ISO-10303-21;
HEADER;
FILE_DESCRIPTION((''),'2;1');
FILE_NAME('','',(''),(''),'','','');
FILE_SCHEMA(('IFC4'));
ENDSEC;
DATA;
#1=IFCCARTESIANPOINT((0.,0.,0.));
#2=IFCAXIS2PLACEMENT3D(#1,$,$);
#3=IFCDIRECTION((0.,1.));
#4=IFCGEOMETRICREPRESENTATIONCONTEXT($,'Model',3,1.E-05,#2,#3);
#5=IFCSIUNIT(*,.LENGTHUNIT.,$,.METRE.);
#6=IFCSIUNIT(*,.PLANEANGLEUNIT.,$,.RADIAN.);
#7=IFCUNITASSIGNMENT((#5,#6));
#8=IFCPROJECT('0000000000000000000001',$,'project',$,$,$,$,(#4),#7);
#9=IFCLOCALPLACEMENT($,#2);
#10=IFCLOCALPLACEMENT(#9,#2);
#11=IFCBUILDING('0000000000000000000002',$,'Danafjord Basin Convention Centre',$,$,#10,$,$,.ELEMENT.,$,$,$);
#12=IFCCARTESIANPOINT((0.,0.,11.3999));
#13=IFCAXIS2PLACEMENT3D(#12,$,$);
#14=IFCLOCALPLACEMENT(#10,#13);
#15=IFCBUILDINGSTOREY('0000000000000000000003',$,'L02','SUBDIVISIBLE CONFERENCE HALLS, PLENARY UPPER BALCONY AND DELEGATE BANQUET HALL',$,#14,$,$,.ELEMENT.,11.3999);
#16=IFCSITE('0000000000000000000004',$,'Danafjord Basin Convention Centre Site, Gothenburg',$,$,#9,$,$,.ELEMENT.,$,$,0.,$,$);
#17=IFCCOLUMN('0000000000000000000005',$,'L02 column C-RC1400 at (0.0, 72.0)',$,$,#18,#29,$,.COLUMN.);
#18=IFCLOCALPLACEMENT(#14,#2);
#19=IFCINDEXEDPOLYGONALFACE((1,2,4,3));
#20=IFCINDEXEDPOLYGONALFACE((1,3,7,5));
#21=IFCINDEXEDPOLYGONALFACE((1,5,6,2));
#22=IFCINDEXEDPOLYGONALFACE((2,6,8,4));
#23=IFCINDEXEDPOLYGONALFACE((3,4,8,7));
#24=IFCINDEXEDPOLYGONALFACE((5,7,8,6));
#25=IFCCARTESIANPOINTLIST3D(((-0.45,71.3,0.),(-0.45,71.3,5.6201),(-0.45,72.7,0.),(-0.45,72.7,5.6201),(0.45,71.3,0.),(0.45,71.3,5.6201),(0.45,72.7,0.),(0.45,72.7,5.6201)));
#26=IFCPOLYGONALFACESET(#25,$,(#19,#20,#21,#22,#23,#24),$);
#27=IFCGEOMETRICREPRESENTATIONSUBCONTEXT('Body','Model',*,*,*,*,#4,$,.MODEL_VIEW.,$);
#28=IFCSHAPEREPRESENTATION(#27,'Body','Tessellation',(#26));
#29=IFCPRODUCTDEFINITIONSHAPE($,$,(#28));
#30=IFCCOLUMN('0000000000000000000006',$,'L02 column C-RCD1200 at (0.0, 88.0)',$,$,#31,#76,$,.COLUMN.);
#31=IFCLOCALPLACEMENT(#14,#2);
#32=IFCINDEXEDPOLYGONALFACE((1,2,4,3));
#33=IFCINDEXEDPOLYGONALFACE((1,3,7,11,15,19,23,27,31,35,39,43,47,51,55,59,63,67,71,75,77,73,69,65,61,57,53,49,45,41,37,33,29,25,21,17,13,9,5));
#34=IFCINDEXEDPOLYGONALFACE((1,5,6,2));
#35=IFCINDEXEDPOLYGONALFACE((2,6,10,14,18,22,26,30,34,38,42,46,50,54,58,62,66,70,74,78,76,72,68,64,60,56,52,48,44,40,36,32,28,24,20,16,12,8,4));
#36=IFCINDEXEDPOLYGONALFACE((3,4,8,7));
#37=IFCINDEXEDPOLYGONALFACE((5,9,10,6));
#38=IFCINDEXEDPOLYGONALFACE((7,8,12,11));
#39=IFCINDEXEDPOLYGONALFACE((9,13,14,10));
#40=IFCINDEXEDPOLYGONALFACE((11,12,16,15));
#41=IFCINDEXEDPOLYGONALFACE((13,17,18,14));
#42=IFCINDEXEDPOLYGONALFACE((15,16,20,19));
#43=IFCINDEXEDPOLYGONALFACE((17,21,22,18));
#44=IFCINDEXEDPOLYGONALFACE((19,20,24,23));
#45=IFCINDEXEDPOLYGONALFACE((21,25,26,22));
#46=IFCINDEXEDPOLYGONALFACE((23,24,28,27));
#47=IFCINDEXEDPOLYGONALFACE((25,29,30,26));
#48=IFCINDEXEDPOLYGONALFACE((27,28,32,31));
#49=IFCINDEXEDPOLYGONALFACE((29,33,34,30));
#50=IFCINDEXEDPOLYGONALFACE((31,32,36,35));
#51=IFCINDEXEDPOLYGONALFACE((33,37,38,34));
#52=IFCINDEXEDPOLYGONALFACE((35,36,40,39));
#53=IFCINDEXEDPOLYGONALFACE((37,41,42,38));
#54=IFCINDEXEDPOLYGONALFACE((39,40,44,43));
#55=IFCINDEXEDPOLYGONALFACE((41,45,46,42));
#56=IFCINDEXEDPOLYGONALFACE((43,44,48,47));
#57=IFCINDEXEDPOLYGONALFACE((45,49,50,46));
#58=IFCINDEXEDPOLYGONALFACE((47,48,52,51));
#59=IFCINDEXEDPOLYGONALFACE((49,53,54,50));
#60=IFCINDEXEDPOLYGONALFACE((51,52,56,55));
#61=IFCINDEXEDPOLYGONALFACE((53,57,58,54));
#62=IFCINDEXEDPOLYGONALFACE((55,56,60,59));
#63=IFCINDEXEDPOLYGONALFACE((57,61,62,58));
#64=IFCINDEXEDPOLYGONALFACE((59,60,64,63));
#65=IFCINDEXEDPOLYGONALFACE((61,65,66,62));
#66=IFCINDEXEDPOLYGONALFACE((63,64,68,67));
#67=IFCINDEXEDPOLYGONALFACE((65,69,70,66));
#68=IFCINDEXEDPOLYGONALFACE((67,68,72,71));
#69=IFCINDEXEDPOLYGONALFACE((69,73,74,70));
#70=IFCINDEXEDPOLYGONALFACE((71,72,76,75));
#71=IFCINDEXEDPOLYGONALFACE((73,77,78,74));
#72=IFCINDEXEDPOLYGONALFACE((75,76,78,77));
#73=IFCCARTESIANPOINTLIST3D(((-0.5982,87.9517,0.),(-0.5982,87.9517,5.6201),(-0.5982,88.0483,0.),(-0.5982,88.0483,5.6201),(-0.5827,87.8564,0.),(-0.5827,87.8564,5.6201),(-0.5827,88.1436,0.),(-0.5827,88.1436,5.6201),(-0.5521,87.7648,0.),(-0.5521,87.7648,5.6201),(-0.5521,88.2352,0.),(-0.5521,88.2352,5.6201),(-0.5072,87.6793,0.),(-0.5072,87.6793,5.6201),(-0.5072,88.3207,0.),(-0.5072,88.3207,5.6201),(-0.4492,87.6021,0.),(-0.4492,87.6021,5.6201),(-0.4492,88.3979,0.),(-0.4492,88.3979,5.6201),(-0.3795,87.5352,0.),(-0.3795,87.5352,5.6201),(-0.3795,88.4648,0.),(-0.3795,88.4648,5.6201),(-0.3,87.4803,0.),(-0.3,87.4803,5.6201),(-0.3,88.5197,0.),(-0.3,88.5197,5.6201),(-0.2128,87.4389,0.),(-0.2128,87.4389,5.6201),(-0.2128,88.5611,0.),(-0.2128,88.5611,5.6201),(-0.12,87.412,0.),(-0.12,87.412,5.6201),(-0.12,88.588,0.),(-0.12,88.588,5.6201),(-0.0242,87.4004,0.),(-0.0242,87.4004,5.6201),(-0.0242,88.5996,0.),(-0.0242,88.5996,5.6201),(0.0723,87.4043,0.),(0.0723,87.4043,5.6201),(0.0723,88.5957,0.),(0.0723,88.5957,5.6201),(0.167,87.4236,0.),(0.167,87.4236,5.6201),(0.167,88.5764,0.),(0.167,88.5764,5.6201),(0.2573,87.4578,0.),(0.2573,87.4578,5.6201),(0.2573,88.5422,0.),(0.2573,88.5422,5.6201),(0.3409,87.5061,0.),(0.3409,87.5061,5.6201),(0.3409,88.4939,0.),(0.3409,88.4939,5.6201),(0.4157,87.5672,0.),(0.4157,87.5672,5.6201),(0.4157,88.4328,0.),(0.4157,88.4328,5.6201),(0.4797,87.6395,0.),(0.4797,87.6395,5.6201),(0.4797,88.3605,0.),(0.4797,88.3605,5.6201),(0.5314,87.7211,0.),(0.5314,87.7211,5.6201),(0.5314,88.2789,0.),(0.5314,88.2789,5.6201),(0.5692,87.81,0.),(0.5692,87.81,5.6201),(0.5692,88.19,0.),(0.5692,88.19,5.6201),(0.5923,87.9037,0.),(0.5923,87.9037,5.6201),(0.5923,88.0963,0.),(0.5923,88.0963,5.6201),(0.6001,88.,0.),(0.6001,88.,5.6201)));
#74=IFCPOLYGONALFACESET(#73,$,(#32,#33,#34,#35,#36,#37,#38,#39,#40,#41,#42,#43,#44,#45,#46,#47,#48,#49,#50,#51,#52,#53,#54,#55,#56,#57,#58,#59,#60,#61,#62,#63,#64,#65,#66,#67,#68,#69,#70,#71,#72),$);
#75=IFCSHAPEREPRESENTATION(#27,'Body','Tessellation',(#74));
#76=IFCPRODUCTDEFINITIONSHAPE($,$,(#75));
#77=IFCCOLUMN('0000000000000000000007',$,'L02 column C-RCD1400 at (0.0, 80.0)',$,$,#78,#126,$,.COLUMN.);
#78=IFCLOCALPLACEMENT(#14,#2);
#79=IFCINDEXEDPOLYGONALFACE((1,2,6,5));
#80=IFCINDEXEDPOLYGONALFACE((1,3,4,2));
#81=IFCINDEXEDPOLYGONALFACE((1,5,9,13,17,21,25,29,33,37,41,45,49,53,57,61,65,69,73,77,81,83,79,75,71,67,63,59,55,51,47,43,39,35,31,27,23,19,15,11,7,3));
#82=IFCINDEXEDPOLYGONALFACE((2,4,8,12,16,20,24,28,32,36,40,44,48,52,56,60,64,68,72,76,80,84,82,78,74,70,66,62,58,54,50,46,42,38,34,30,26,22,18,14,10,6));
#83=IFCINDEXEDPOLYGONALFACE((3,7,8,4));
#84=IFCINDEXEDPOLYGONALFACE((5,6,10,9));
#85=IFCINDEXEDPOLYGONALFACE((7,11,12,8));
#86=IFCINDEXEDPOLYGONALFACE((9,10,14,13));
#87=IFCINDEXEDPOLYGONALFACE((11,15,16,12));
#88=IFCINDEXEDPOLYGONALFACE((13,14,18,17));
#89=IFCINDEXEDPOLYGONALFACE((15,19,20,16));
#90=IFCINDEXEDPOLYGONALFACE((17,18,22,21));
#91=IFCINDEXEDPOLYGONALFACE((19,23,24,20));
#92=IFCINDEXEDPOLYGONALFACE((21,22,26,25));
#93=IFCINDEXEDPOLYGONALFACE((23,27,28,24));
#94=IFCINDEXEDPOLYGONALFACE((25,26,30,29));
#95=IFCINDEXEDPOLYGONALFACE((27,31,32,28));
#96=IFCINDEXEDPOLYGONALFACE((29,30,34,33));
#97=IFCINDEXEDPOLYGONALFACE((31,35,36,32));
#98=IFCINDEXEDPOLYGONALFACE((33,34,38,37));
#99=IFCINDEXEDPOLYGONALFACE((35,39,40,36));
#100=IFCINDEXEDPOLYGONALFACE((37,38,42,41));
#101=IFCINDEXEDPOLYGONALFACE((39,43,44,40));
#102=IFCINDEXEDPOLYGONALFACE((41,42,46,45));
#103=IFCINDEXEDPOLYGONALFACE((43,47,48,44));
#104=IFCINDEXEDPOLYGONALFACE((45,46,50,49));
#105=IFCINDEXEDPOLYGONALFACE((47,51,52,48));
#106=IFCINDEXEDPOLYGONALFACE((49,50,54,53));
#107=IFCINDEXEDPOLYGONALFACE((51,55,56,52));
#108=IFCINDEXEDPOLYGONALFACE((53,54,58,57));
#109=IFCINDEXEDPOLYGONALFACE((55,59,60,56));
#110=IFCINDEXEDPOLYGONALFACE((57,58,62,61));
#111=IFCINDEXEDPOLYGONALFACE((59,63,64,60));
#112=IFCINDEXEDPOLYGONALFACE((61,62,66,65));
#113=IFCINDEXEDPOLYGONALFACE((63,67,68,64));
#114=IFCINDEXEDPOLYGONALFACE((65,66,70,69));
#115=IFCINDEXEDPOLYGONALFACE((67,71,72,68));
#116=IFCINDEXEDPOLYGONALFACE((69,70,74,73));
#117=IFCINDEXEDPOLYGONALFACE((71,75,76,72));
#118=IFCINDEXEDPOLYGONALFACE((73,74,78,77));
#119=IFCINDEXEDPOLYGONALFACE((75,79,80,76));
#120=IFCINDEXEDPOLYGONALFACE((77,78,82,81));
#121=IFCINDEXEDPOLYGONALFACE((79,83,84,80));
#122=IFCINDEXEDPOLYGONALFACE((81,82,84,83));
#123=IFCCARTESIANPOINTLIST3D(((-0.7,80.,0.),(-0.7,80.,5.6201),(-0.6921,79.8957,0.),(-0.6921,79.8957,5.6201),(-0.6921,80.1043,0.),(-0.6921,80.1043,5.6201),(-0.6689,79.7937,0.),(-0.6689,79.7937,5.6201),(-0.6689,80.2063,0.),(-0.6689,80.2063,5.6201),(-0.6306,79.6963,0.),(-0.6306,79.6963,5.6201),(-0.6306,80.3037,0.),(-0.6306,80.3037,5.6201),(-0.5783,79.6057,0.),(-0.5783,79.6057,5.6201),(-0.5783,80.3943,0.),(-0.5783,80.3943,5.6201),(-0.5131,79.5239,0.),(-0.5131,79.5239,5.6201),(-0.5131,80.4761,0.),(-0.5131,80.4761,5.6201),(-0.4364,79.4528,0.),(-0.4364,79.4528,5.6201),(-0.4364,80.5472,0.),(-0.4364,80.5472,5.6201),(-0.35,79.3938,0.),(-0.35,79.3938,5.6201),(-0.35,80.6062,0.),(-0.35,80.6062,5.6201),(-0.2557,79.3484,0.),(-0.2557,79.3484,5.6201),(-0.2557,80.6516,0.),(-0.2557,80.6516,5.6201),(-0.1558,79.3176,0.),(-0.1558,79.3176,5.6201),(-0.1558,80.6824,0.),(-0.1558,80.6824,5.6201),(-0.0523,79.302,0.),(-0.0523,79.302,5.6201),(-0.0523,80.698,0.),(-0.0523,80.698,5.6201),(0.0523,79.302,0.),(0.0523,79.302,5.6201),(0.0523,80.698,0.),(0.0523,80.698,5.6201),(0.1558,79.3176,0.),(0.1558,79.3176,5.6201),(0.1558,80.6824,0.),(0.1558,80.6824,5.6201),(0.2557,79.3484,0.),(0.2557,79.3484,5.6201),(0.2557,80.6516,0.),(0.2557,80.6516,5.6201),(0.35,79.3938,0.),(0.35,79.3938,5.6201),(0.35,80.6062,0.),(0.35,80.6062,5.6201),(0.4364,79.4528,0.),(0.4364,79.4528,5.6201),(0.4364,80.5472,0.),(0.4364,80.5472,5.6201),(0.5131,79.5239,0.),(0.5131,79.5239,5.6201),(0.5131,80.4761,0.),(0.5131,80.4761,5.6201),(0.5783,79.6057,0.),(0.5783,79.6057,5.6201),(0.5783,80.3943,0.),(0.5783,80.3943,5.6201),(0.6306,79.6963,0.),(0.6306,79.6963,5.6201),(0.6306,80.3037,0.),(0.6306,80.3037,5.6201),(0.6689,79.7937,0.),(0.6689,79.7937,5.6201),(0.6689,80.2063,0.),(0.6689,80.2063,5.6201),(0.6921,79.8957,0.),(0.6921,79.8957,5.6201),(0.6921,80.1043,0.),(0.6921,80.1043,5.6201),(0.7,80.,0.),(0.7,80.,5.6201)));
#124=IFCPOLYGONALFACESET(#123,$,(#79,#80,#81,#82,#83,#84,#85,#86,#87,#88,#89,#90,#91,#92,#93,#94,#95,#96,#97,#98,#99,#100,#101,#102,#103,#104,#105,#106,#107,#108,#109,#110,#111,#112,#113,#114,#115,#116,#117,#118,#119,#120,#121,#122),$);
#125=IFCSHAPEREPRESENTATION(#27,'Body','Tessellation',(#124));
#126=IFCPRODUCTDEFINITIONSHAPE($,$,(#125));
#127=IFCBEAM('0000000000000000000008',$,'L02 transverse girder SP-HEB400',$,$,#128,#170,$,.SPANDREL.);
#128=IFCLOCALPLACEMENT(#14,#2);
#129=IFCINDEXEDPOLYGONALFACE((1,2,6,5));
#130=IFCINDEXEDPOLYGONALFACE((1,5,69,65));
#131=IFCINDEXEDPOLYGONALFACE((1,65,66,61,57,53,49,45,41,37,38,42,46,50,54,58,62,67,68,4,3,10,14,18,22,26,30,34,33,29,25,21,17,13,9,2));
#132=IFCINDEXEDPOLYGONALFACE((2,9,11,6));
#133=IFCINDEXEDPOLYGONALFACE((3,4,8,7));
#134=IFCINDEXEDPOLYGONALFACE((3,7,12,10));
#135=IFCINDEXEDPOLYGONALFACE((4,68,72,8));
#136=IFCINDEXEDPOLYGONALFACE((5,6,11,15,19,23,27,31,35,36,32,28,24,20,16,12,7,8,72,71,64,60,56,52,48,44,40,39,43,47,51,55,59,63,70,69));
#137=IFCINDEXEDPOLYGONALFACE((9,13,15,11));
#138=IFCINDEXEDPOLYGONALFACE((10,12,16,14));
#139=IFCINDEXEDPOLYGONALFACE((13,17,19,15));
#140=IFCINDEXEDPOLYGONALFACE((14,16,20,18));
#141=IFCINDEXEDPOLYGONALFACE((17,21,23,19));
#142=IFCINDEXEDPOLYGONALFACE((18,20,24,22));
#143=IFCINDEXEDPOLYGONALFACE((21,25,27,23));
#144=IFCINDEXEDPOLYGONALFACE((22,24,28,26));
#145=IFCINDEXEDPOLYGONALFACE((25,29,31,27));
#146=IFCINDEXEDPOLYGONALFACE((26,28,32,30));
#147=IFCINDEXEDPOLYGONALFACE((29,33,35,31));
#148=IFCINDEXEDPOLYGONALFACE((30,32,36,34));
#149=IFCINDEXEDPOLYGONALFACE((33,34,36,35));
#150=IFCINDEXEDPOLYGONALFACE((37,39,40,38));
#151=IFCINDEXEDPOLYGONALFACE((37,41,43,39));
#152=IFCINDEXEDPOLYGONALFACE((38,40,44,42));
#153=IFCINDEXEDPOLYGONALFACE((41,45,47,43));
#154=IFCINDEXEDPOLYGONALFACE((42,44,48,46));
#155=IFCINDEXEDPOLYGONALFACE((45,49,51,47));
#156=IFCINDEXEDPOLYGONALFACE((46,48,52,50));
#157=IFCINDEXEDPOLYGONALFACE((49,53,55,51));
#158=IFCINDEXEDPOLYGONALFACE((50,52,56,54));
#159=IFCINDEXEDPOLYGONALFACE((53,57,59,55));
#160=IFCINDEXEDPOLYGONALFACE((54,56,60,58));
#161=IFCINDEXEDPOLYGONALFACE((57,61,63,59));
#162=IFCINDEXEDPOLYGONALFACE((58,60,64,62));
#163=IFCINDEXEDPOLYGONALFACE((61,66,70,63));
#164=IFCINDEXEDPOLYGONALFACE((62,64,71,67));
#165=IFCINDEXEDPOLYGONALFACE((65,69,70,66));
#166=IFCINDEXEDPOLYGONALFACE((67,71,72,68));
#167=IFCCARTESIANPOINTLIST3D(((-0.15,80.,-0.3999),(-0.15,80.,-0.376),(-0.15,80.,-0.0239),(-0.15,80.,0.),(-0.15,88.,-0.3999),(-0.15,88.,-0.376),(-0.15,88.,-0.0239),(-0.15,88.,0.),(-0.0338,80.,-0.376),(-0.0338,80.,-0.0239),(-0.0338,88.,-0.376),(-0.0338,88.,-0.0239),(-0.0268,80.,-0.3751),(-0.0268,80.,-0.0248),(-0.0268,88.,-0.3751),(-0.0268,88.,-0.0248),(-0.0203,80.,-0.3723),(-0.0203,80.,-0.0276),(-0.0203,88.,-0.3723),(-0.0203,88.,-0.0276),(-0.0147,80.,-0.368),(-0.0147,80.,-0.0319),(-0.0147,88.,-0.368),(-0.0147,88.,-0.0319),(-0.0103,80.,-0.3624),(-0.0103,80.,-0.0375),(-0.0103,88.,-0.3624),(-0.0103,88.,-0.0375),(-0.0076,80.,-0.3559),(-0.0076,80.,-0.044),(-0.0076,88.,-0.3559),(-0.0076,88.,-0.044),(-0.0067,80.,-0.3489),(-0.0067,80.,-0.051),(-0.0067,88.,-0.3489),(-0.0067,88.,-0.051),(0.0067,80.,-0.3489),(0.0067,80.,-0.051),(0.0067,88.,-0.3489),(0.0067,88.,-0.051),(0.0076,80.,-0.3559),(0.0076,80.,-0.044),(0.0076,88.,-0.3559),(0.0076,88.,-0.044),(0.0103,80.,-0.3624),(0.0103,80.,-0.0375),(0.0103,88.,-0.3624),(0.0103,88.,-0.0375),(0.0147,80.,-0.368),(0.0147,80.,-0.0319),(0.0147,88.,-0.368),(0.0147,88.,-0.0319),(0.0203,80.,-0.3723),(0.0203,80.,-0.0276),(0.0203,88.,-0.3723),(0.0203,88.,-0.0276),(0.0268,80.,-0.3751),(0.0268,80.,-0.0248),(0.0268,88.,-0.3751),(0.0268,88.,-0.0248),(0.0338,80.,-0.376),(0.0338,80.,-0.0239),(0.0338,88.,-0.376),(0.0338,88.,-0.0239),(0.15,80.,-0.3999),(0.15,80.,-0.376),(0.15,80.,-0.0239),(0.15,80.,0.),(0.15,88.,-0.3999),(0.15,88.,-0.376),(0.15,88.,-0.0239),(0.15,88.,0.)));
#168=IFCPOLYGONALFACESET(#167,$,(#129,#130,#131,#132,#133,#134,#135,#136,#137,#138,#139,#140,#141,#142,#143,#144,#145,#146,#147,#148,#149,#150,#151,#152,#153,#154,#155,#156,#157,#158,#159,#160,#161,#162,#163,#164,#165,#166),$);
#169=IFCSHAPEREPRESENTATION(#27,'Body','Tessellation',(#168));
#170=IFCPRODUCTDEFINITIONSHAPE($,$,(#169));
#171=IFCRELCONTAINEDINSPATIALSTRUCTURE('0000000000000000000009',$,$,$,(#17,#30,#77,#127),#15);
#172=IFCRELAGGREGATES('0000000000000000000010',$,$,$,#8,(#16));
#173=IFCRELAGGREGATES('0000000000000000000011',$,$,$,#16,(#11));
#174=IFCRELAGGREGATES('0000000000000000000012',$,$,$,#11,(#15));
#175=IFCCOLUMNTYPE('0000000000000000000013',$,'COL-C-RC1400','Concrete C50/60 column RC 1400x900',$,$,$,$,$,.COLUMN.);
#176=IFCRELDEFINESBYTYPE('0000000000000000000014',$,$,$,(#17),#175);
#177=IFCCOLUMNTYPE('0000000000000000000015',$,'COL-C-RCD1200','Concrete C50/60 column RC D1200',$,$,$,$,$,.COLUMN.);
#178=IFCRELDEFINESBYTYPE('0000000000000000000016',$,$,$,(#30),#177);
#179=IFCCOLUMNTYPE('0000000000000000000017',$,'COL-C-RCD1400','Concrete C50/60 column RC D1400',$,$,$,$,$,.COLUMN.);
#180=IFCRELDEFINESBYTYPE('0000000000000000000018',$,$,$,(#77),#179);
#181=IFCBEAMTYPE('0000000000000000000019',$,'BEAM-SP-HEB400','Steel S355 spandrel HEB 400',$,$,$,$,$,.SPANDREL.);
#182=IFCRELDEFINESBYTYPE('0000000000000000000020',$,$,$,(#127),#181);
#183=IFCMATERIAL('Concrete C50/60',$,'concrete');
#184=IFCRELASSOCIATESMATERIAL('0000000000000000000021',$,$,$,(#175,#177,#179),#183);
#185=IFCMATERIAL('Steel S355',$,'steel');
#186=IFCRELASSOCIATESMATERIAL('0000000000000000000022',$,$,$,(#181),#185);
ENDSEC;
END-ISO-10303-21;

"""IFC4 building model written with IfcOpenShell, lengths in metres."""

from ifc_helpers import new_model, si_unit, direction, frame, origin, origin_2d, place, context, subcontext, project, spatial, rectangle, circle, i_section, extrude, material, material_profile, profile_set, type_object, element, save


model = new_model("IFC4")

# Units and contexts
model_context = context("Model", 3, precision=1e-05, world=origin(), true_north=direction((0.0, 1.0)))
body_context = subcontext(model_context, "Body", "Model", "MODEL_VIEW")
ifc_project = project(units=[si_unit("LENGTHUNIT", "METRE"), si_unit("PLANEANGLEUNIT", "RADIAN")], contexts=[model_context])

# Site, building, storey
site_placement = place(None, origin())
site = spatial("IfcSite", under=ifc_project, at=site_placement, Name="Danafjord Basin Convention Centre Site, Gothenburg", CompositionType="ELEMENT", RefElevation=0.0)
building_placement = place(site_placement, origin())
building = spatial("IfcBuilding", under=site, at=building_placement, Name="Danafjord Basin Convention Centre", CompositionType="ELEMENT")
storey_placement = place(building_placement, frame((0.0, 0.0, 11.3999)))
storey = spatial("IfcBuildingStorey", under=building, at=storey_placement, Name="L02", Description="SUBDIVISIBLE CONFERENCE HALLS, PLENARY UPPER BALCONY AND DELEGATE BANQUET HALL", CompositionType="ELEMENT", Elevation=11.3999)

# Columns
ifc_material_1 = material(Name="Concrete C50/60", Category="concrete")
ifc_material_profile_1 = material_profile(ifc_material_1, rectangle(XDim=0.8999, YDim=1.3999, at=origin_2d()), Name="RC 1400x900")
ifc_profile_set_1 = profile_set([ifc_material_profile_1], Name="Concrete C50/60")
column_type_1 = type_object("IfcColumnType", Name="COL-C-RC1400", Description="Concrete C50/60 column RC 1400x900", PredefinedType="COLUMN", material=ifc_profile_set_1)
column_1_placement = place(storey_placement, frame((0.0, 72.0, 0.0), z_axis=(0.0, 0.0, 1.0), x_axis=(1.0, 0.0, 0.0)))
element("IfcColumn", 1, at=column_1_placement, inside=storey, type_object=column_type_1, Name="L02 column C-RC1400 at (0.0, 72.0)", PredefinedType="COLUMN", context=body_context, shape_type="SweptSolid", body=[
    extrude(rectangle(XDim=0.8999, YDim=1.3999, at=origin_2d()), origin(), (0.0, 0.0, 1.0), 5.6201),
])
ifc_material_profile_2 = material_profile(ifc_material_1, circle(Radius=0.6001, at=origin_2d()), Name="RC D1200")
ifc_profile_set_2 = profile_set([ifc_material_profile_2], Name="Concrete C50/60")
column_type_2 = type_object("IfcColumnType", Name="COL-C-RCD1200", Description="Concrete C50/60 column RC D1200", PredefinedType="COLUMN", material=ifc_profile_set_2)
column_2_placement = place(storey_placement, frame((0.0, 88.0, 0.0), z_axis=(0.0, 0.0, 1.0), x_axis=(1.0, 0.0, 0.0)))
element("IfcColumn", 2, at=column_2_placement, inside=storey, type_object=column_type_2, Name="L02 column C-RCD1200 at (0.0, 88.0)", PredefinedType="COLUMN", context=body_context, shape_type="SweptSolid", body=[
    extrude(circle(Radius=0.6001, at=origin_2d()), origin(), (0.0, 0.0, 1.0), 5.6201),
])
ifc_material_profile_3 = material_profile(ifc_material_1, circle(Radius=0.7, at=origin_2d()), Name="RC D1400")
ifc_profile_set_3 = profile_set([ifc_material_profile_3], Name="Concrete C50/60")
column_type_3 = type_object("IfcColumnType", Name="COL-C-RCD1400", Description="Concrete C50/60 column RC D1400", PredefinedType="COLUMN", material=ifc_profile_set_3)
column_3_placement = place(storey_placement, frame((0.0, 80.0, 0.0), z_axis=(0.0, 0.0, 1.0), x_axis=(1.0, 0.0, 0.0)))
element("IfcColumn", 3, at=column_3_placement, inside=storey, type_object=column_type_3, Name="L02 column C-RCD1400 at (0.0, 80.0)", PredefinedType="COLUMN", context=body_context, shape_type="SweptSolid", body=[
    extrude(circle(Radius=0.7, at=origin_2d()), origin(), (0.0, 0.0, 1.0), 5.6201),
])

# Beam
ifc_material_2 = material(Name="Steel S355", Category="steel")
ifc_material_profile_4 = material_profile(ifc_material_2, i_section(OverallWidth=0.3, OverallDepth=0.3999, WebThickness=0.0134, FlangeThickness=0.0239, FilletRadius=0.0271, at=origin_2d()), Name="HEB 400")
ifc_profile_set_4 = profile_set([ifc_material_profile_4], Name="Steel S355")
beam_type_1 = type_object("IfcBeamType", Name="BEAM-SP-HEB400", Description="Steel S355 spandrel HEB 400", PredefinedType="SPANDREL", material=ifc_profile_set_4)
beam_placement = place(storey_placement, frame((0.0, 80.0, -0.2), z_axis=(0.0, 1.0, 0.0), x_axis=(-1.0, 0.0, 0.0)))
element("IfcBeam", 4, at=beam_placement, inside=storey, type_object=beam_type_1, Name="L02 transverse girder SP-HEB400", PredefinedType="SPANDREL", context=body_context, shape_type="SweptSolid", body=[
    extrude(i_section(OverallWidth=0.3, OverallDepth=0.3999, WebThickness=0.0134, FlangeThickness=0.0239, FilletRadius=0.0271, at=origin_2d()), origin(), (0.0, 0.0, 1.0), 8.0),
])

save(model, "model.ifc")
